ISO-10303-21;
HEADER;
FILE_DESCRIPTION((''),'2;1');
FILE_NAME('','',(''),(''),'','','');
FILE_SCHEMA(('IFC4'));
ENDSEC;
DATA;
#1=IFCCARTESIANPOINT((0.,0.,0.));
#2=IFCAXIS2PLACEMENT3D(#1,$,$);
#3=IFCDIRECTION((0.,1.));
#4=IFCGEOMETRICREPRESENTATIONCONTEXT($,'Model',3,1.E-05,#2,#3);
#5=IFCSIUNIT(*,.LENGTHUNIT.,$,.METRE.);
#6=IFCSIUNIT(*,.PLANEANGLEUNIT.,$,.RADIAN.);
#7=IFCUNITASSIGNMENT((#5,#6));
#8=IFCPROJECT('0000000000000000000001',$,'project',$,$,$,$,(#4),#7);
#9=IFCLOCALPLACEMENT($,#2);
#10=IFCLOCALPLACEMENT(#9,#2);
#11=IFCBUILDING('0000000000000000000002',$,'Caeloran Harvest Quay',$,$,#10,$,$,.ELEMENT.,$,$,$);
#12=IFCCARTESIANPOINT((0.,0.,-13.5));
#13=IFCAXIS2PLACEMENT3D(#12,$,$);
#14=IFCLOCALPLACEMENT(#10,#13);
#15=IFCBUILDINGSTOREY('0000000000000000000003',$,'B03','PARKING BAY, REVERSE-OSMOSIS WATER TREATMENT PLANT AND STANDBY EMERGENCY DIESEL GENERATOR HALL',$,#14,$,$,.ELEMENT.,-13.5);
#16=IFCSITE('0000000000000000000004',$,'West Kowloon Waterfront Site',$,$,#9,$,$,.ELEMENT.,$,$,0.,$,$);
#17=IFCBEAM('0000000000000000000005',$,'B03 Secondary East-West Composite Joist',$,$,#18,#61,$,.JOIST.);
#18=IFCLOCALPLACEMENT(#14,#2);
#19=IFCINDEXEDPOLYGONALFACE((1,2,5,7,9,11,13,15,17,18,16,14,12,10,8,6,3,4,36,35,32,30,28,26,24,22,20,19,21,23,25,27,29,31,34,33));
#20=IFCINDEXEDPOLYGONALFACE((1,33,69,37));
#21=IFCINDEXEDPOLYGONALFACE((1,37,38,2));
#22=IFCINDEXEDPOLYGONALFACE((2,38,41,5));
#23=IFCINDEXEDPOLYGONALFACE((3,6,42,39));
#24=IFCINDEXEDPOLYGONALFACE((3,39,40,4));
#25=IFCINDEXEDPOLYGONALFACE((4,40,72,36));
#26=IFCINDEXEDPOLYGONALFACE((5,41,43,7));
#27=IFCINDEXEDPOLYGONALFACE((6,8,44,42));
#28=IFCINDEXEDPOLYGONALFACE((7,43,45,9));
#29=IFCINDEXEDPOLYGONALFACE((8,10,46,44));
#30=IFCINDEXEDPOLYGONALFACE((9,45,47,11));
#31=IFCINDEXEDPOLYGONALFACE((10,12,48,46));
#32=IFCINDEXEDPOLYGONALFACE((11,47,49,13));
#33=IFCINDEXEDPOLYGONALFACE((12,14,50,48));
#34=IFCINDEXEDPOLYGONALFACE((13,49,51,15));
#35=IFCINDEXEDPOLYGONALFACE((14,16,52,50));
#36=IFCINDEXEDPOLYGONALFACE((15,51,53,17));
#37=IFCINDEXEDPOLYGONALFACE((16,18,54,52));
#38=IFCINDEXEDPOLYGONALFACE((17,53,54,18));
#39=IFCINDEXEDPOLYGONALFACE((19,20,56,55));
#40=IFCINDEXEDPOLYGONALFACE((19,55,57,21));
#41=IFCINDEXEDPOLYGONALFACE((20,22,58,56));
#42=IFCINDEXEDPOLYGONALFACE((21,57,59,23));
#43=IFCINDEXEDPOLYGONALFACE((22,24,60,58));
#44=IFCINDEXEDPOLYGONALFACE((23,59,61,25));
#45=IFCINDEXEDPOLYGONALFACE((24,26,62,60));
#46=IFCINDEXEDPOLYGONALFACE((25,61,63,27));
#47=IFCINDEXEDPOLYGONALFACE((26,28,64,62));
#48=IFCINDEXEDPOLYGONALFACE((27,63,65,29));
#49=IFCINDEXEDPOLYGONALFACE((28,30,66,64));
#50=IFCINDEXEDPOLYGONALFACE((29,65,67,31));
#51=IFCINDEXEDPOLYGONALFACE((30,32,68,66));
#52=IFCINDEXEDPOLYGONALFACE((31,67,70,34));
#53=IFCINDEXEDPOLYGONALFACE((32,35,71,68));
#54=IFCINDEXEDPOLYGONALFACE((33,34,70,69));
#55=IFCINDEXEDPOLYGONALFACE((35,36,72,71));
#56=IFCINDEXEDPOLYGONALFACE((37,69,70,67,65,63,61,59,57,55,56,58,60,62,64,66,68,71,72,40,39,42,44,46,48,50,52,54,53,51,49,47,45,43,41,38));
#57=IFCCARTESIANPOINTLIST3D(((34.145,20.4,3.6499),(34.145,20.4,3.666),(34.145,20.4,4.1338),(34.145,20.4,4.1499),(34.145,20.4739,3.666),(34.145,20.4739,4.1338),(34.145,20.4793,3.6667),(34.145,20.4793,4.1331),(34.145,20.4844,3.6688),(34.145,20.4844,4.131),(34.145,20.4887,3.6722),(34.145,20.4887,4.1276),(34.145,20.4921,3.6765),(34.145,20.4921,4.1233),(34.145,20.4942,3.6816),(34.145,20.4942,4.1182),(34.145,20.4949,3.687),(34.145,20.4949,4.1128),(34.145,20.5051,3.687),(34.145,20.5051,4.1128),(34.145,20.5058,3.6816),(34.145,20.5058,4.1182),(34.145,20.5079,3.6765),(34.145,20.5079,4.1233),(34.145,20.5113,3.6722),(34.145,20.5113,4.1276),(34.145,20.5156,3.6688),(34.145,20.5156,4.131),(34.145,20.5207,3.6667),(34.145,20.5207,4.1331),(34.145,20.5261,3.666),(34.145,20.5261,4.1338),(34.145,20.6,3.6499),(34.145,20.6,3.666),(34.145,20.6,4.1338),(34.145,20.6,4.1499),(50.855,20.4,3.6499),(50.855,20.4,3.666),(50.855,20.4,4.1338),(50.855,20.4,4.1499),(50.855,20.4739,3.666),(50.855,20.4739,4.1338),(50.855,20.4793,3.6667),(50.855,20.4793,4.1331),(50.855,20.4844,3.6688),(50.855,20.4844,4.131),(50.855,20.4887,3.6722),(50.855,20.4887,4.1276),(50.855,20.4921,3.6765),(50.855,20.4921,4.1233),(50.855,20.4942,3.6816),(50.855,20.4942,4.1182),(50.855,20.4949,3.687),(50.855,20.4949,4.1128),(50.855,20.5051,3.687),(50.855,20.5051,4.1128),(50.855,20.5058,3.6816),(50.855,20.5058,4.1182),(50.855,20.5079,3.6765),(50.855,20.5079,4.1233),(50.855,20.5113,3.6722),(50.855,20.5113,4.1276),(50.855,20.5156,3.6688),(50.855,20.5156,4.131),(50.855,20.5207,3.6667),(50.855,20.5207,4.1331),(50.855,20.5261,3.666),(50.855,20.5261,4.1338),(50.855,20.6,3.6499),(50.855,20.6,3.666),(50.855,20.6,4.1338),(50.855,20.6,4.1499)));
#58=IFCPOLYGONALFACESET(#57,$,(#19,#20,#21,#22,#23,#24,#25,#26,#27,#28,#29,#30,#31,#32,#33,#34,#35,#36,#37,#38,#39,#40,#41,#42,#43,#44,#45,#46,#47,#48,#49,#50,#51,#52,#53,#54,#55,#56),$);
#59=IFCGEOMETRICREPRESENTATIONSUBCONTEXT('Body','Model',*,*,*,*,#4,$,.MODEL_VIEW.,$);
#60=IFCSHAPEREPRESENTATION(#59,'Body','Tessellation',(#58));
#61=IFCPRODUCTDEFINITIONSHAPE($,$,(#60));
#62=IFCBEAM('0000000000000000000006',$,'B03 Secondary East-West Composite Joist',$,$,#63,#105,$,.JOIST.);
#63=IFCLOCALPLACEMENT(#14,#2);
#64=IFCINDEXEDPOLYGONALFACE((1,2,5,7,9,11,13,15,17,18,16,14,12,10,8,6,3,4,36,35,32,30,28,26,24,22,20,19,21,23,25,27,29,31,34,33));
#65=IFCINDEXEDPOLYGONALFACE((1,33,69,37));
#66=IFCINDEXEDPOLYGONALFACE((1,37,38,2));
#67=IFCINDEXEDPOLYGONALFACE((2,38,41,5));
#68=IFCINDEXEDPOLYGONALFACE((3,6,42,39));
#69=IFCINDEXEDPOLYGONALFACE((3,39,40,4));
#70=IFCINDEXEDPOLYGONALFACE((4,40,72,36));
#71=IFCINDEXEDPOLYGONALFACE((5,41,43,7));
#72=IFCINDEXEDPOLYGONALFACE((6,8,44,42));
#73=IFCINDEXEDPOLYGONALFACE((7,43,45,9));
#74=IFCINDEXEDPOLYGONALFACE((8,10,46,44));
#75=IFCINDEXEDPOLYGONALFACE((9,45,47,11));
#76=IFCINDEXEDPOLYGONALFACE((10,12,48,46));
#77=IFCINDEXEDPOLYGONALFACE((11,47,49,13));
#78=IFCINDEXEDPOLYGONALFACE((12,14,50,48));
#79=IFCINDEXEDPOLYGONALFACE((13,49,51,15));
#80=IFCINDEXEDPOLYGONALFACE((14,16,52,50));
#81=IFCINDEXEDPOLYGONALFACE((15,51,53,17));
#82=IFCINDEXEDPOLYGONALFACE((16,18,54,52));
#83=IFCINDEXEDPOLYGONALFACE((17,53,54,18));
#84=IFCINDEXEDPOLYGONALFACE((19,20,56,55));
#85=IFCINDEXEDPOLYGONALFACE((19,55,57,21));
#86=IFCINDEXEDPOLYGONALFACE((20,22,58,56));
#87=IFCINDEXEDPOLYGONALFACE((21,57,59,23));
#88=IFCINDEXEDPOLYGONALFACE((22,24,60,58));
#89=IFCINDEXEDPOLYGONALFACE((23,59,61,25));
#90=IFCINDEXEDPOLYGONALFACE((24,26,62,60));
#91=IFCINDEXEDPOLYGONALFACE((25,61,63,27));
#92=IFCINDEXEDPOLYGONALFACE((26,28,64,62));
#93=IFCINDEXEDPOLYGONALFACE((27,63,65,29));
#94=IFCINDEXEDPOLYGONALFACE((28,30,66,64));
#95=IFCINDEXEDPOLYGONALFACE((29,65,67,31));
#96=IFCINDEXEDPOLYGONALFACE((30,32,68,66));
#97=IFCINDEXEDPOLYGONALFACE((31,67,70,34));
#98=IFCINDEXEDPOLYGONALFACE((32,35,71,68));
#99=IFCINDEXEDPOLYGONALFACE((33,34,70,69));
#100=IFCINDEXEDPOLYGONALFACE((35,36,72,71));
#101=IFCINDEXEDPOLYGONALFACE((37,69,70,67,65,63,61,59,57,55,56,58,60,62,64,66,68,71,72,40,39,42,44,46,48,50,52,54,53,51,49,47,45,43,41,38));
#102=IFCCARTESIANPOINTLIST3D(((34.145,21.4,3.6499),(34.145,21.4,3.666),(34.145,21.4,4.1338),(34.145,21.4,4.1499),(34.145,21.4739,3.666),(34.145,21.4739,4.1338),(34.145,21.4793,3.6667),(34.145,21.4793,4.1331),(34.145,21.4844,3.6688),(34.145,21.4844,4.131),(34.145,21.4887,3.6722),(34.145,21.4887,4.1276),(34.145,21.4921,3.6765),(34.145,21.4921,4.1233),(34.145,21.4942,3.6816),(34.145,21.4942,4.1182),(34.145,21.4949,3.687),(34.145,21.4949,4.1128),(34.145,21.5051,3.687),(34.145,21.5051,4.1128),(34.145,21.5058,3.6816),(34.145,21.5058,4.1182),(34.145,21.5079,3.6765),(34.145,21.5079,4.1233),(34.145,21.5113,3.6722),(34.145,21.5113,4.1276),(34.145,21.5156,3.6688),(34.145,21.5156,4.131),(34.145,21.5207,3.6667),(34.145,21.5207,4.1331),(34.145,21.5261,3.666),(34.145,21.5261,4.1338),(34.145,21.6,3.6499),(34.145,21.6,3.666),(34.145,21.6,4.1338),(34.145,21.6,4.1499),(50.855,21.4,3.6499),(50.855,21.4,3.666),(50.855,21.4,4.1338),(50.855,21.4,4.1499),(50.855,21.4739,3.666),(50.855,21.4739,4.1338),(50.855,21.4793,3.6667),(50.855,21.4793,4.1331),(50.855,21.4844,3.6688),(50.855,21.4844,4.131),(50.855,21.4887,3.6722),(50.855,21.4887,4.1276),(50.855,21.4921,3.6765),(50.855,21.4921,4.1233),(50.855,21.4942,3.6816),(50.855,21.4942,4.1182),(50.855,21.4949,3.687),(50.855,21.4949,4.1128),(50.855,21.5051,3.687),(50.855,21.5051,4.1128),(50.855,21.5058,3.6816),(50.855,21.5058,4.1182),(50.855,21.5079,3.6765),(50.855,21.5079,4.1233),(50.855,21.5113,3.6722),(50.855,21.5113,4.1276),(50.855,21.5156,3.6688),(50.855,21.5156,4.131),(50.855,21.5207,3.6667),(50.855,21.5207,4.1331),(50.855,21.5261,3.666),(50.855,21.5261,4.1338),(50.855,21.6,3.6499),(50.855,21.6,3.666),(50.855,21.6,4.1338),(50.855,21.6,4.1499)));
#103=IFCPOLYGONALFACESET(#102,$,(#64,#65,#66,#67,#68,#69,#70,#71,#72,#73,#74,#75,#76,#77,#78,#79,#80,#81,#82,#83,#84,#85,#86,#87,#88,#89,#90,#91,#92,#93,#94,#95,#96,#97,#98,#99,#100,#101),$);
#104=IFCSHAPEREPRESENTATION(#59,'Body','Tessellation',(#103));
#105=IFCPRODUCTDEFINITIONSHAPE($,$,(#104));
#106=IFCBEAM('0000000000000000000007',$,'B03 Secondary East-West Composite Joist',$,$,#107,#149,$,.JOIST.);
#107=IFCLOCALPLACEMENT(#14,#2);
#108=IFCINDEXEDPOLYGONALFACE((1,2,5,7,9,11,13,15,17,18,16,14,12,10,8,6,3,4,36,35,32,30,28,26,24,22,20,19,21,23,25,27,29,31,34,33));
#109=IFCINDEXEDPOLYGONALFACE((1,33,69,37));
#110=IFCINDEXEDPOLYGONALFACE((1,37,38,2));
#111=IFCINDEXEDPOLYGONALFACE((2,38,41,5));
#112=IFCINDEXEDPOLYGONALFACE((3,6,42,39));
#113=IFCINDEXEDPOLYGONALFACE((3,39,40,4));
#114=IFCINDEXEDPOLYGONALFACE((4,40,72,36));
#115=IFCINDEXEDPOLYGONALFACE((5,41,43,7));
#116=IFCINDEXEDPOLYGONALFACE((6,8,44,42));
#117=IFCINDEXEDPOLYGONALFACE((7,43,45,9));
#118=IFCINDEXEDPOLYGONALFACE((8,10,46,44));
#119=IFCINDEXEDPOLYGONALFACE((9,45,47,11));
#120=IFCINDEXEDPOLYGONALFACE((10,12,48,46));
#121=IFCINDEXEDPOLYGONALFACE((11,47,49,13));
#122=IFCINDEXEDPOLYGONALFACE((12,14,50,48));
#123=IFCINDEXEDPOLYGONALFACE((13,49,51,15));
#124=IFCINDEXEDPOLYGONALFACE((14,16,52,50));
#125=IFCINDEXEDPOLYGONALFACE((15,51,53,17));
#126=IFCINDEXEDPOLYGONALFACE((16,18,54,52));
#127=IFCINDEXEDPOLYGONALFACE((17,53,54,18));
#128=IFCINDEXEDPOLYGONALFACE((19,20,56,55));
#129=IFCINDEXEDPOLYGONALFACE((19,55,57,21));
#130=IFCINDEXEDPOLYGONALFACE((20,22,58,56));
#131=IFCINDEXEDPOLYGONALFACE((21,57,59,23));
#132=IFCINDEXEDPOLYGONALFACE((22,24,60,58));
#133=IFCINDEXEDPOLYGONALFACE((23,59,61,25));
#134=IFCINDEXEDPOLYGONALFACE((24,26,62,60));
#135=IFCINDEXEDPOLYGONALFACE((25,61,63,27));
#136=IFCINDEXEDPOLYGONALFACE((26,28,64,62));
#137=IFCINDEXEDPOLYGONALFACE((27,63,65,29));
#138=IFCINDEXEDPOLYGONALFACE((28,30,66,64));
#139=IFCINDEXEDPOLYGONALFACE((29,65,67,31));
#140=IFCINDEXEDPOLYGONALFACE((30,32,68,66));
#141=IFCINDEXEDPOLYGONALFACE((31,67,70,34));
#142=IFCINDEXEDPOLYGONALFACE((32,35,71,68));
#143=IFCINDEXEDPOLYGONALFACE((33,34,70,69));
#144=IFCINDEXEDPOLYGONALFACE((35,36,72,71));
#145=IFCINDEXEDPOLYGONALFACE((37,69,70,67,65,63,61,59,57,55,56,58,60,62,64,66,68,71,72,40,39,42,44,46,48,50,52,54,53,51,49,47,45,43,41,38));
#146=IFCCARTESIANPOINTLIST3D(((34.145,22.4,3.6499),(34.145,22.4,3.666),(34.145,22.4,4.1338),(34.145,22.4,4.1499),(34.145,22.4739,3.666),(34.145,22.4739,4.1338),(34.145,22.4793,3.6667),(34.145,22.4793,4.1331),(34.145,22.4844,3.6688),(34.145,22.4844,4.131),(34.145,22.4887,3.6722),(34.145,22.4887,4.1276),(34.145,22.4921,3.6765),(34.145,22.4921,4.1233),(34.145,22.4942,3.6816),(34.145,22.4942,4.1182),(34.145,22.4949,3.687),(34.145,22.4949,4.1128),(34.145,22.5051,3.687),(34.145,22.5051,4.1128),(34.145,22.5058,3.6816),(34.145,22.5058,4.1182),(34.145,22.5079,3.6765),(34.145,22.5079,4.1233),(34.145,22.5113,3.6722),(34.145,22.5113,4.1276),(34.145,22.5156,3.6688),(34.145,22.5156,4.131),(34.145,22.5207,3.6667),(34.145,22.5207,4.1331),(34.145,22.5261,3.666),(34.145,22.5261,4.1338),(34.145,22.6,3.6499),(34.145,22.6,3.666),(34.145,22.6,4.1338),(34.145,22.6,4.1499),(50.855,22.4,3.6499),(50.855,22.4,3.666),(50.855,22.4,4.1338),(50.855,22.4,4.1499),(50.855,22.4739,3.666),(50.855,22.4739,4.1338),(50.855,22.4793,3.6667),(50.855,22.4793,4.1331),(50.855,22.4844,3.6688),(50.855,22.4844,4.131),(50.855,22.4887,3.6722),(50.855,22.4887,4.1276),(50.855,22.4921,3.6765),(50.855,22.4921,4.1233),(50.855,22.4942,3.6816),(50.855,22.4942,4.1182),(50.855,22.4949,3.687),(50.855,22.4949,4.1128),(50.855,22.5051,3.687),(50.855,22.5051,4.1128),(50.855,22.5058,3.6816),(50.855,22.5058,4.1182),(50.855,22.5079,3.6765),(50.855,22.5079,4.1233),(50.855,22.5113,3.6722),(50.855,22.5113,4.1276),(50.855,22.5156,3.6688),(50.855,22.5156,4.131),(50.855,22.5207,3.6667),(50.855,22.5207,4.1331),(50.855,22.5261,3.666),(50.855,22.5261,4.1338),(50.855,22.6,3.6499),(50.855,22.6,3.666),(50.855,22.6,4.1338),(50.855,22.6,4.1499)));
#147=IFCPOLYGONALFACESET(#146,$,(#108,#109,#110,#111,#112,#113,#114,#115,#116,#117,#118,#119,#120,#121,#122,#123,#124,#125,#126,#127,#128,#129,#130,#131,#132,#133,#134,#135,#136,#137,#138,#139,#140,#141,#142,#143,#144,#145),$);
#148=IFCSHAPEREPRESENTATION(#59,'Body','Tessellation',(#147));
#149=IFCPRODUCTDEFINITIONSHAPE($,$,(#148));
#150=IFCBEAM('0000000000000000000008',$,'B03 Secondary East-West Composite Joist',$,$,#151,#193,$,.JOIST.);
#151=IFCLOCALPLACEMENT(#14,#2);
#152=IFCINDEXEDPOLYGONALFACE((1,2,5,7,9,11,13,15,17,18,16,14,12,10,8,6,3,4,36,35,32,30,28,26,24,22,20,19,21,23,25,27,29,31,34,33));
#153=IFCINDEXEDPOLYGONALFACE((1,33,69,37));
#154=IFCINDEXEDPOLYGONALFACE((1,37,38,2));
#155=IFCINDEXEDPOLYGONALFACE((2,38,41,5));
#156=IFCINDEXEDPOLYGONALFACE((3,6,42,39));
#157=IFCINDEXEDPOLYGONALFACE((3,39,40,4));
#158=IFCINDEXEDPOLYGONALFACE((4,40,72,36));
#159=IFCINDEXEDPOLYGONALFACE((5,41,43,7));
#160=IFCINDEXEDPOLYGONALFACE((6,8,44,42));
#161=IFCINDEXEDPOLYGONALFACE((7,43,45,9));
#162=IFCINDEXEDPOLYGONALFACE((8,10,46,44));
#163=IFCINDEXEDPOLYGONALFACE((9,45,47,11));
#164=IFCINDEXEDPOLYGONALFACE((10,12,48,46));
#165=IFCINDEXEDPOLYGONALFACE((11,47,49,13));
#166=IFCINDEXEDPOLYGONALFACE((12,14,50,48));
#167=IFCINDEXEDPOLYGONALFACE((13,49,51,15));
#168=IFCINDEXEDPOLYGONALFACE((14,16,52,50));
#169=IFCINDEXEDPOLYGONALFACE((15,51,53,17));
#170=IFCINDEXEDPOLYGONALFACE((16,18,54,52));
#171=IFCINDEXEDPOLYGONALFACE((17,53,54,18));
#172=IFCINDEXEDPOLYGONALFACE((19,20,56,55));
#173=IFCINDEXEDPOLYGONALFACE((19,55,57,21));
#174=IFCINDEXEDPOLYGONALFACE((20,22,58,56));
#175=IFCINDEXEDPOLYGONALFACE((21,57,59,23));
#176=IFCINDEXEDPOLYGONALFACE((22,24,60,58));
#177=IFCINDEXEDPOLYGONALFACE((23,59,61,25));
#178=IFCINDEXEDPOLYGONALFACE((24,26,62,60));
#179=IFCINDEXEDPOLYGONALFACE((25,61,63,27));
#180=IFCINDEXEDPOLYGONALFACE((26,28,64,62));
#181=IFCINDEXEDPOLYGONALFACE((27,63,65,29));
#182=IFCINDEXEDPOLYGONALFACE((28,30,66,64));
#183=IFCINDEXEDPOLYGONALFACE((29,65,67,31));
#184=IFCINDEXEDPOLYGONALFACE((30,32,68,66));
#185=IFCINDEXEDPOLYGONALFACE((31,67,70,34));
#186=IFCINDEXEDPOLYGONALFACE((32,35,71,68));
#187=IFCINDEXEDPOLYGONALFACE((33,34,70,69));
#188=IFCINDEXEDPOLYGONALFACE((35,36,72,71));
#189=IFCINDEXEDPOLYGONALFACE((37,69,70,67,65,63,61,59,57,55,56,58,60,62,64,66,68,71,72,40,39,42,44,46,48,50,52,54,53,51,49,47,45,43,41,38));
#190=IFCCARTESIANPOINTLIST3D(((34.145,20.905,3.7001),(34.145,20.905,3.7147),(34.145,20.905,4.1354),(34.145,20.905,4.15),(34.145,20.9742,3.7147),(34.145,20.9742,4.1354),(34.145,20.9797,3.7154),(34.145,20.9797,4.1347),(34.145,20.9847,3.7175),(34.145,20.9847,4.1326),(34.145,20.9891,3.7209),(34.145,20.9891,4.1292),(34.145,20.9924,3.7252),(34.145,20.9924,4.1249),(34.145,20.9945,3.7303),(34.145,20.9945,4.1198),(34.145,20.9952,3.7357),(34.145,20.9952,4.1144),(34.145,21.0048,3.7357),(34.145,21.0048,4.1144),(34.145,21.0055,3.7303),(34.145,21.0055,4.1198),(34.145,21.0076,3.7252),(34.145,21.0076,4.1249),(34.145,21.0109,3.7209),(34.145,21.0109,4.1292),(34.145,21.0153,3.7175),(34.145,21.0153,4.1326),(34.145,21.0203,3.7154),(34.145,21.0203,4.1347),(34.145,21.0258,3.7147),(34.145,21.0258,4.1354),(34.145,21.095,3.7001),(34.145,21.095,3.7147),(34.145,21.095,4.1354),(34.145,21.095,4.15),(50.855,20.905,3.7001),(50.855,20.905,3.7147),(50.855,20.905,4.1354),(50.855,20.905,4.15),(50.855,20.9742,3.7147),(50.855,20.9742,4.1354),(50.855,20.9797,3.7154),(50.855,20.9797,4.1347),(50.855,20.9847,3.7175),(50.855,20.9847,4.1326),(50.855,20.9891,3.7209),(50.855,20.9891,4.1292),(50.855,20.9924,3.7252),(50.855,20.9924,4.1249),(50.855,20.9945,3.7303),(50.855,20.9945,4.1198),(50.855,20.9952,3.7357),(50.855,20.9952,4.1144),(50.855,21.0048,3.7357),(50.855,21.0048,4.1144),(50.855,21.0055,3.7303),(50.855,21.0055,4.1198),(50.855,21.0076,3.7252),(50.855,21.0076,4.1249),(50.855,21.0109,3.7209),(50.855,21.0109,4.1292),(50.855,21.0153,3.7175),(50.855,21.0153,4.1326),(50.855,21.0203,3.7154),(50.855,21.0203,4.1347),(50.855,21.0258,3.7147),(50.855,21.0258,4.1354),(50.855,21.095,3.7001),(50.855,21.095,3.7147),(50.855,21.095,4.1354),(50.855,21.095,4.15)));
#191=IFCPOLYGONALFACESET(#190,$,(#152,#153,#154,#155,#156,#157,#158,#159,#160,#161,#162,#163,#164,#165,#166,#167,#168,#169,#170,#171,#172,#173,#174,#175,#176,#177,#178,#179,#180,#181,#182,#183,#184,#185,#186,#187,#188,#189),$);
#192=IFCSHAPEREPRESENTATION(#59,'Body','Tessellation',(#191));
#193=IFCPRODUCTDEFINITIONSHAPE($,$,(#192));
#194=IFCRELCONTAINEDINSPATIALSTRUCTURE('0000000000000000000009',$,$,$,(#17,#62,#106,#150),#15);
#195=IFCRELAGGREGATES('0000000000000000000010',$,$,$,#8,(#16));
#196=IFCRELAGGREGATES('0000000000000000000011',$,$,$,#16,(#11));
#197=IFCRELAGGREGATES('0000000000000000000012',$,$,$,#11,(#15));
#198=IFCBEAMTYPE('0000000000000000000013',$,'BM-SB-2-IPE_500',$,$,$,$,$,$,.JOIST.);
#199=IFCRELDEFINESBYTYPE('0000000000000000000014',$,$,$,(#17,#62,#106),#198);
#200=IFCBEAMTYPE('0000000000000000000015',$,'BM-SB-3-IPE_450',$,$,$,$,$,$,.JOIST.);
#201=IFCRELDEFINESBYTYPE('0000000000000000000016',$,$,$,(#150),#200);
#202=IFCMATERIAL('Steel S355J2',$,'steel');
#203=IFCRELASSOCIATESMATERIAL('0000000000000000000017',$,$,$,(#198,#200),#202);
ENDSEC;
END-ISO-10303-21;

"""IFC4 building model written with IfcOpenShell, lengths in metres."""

from ifc_helpers import new_model, si_unit, direction, frame, origin, origin_2d, place, context, subcontext, project, spatial, i_section, extrude, material, material_profile, profile_set, type_object, element, save


model = new_model("IFC4")

# Units and contexts
model_context = context("Model", 3, precision=1e-05, world=origin(), true_north=direction((0.0, 1.0)))
body_context = subcontext(model_context, "Body", "Model", "MODEL_VIEW")
ifc_project = project(units=[si_unit("LENGTHUNIT", "METRE"), si_unit("PLANEANGLEUNIT", "RADIAN")], contexts=[model_context])

# Site, building, storey
site_placement = place(None, origin())
site = spatial("IfcSite", under=ifc_project, at=site_placement, Name="West Kowloon Waterfront Site", CompositionType="ELEMENT", RefElevation=0.0)
building_placement = place(site_placement, origin())
building = spatial("IfcBuilding", under=site, at=building_placement, Name="Caeloran Harvest Quay", CompositionType="ELEMENT")
storey_placement = place(building_placement, frame((0.0, 0.0, -13.5)))
storey = spatial("IfcBuildingStorey", under=building, at=storey_placement, Name="B03", Description="PARKING BAY, REVERSE-OSMOSIS WATER TREATMENT PLANT AND STANDBY EMERGENCY DIESEL GENERATOR HALL", CompositionType="ELEMENT", Elevation=-13.5)

# Beams
ifc_material_1 = material(Name="Steel S355J2", Category="steel")
ifc_material_profile_1 = material_profile(ifc_material_1, i_section(OverallWidth=0.2, OverallDepth=0.5, WebThickness=0.0103, FlangeThickness=0.0161, FilletRadius=0.021, at=origin_2d()), Name="IPE 500")
ifc_profile_set_1 = profile_set([ifc_material_profile_1], Name="Steel S355J2")
beam_type_1 = type_object("IfcBeamType", Name="BM-SB-2-IPE_500", PredefinedType="JOIST", material=ifc_profile_set_1)
for number, where, z_axis, x_axis, name in (
    (1, (34.145, 20.5, 3.8999), (1.0, 0.0, 0.0), (0.0, 1.0, 0.0), "B03 Secondary East-West Composite Joist"),
    (2, (34.145, 21.5, 3.8999), (1.0, 0.0, 0.0), (0.0, 1.0, 0.0), "B03 Secondary East-West Composite Joist"),
    (3, (34.145, 22.5, 3.8999), (1.0, 0.0, 0.0), (0.0, 1.0, 0.0), "B03 Secondary East-West Composite Joist"),
):
    element("IfcBeam", number, at=place(storey_placement, frame(where, z_axis=z_axis, x_axis=x_axis)), inside=storey, type_object=beam_type_1, Name=name, PredefinedType="JOIST", context=body_context, shape_type="SweptSolid", body=[
        extrude(i_section(OverallWidth=0.2, OverallDepth=0.5, WebThickness=0.0103, FlangeThickness=0.0161, FilletRadius=0.021, at=origin_2d()), origin(), (0.0, 0.0, 1.0), 16.71),
    ])
ifc_material_profile_2 = material_profile(ifc_material_1, i_section(OverallWidth=0.1899, OverallDepth=0.45, WebThickness=0.0095, FlangeThickness=0.0146, FilletRadius=0.021, at=origin_2d()), Name="IPE 450")
ifc_profile_set_2 = profile_set([ifc_material_profile_2], Name="Steel S355J2")
beam_type_2 = type_object("IfcBeamType", Name="BM-SB-3-IPE_450", PredefinedType="JOIST", material=ifc_profile_set_2)
for number, where, z_axis, x_axis, name in (
    (4, (34.145, 21.0, 3.925), (1.0, 0.0, 0.0), (0.0, 1.0, 0.0), "B03 Secondary East-West Composite Joist"),
):
    element("IfcBeam", number, at=place(storey_placement, frame(where, z_axis=z_axis, x_axis=x_axis)), inside=storey, type_object=beam_type_2, Name=name, PredefinedType="JOIST", context=body_context, shape_type="SweptSolid", body=[
        extrude(i_section(OverallWidth=0.1899, OverallDepth=0.45, WebThickness=0.0095, FlangeThickness=0.0146, FilletRadius=0.021, at=origin_2d()), origin(), (0.0, 0.0, 1.0), 16.71),
    ])

save(model, "model.ifc")
